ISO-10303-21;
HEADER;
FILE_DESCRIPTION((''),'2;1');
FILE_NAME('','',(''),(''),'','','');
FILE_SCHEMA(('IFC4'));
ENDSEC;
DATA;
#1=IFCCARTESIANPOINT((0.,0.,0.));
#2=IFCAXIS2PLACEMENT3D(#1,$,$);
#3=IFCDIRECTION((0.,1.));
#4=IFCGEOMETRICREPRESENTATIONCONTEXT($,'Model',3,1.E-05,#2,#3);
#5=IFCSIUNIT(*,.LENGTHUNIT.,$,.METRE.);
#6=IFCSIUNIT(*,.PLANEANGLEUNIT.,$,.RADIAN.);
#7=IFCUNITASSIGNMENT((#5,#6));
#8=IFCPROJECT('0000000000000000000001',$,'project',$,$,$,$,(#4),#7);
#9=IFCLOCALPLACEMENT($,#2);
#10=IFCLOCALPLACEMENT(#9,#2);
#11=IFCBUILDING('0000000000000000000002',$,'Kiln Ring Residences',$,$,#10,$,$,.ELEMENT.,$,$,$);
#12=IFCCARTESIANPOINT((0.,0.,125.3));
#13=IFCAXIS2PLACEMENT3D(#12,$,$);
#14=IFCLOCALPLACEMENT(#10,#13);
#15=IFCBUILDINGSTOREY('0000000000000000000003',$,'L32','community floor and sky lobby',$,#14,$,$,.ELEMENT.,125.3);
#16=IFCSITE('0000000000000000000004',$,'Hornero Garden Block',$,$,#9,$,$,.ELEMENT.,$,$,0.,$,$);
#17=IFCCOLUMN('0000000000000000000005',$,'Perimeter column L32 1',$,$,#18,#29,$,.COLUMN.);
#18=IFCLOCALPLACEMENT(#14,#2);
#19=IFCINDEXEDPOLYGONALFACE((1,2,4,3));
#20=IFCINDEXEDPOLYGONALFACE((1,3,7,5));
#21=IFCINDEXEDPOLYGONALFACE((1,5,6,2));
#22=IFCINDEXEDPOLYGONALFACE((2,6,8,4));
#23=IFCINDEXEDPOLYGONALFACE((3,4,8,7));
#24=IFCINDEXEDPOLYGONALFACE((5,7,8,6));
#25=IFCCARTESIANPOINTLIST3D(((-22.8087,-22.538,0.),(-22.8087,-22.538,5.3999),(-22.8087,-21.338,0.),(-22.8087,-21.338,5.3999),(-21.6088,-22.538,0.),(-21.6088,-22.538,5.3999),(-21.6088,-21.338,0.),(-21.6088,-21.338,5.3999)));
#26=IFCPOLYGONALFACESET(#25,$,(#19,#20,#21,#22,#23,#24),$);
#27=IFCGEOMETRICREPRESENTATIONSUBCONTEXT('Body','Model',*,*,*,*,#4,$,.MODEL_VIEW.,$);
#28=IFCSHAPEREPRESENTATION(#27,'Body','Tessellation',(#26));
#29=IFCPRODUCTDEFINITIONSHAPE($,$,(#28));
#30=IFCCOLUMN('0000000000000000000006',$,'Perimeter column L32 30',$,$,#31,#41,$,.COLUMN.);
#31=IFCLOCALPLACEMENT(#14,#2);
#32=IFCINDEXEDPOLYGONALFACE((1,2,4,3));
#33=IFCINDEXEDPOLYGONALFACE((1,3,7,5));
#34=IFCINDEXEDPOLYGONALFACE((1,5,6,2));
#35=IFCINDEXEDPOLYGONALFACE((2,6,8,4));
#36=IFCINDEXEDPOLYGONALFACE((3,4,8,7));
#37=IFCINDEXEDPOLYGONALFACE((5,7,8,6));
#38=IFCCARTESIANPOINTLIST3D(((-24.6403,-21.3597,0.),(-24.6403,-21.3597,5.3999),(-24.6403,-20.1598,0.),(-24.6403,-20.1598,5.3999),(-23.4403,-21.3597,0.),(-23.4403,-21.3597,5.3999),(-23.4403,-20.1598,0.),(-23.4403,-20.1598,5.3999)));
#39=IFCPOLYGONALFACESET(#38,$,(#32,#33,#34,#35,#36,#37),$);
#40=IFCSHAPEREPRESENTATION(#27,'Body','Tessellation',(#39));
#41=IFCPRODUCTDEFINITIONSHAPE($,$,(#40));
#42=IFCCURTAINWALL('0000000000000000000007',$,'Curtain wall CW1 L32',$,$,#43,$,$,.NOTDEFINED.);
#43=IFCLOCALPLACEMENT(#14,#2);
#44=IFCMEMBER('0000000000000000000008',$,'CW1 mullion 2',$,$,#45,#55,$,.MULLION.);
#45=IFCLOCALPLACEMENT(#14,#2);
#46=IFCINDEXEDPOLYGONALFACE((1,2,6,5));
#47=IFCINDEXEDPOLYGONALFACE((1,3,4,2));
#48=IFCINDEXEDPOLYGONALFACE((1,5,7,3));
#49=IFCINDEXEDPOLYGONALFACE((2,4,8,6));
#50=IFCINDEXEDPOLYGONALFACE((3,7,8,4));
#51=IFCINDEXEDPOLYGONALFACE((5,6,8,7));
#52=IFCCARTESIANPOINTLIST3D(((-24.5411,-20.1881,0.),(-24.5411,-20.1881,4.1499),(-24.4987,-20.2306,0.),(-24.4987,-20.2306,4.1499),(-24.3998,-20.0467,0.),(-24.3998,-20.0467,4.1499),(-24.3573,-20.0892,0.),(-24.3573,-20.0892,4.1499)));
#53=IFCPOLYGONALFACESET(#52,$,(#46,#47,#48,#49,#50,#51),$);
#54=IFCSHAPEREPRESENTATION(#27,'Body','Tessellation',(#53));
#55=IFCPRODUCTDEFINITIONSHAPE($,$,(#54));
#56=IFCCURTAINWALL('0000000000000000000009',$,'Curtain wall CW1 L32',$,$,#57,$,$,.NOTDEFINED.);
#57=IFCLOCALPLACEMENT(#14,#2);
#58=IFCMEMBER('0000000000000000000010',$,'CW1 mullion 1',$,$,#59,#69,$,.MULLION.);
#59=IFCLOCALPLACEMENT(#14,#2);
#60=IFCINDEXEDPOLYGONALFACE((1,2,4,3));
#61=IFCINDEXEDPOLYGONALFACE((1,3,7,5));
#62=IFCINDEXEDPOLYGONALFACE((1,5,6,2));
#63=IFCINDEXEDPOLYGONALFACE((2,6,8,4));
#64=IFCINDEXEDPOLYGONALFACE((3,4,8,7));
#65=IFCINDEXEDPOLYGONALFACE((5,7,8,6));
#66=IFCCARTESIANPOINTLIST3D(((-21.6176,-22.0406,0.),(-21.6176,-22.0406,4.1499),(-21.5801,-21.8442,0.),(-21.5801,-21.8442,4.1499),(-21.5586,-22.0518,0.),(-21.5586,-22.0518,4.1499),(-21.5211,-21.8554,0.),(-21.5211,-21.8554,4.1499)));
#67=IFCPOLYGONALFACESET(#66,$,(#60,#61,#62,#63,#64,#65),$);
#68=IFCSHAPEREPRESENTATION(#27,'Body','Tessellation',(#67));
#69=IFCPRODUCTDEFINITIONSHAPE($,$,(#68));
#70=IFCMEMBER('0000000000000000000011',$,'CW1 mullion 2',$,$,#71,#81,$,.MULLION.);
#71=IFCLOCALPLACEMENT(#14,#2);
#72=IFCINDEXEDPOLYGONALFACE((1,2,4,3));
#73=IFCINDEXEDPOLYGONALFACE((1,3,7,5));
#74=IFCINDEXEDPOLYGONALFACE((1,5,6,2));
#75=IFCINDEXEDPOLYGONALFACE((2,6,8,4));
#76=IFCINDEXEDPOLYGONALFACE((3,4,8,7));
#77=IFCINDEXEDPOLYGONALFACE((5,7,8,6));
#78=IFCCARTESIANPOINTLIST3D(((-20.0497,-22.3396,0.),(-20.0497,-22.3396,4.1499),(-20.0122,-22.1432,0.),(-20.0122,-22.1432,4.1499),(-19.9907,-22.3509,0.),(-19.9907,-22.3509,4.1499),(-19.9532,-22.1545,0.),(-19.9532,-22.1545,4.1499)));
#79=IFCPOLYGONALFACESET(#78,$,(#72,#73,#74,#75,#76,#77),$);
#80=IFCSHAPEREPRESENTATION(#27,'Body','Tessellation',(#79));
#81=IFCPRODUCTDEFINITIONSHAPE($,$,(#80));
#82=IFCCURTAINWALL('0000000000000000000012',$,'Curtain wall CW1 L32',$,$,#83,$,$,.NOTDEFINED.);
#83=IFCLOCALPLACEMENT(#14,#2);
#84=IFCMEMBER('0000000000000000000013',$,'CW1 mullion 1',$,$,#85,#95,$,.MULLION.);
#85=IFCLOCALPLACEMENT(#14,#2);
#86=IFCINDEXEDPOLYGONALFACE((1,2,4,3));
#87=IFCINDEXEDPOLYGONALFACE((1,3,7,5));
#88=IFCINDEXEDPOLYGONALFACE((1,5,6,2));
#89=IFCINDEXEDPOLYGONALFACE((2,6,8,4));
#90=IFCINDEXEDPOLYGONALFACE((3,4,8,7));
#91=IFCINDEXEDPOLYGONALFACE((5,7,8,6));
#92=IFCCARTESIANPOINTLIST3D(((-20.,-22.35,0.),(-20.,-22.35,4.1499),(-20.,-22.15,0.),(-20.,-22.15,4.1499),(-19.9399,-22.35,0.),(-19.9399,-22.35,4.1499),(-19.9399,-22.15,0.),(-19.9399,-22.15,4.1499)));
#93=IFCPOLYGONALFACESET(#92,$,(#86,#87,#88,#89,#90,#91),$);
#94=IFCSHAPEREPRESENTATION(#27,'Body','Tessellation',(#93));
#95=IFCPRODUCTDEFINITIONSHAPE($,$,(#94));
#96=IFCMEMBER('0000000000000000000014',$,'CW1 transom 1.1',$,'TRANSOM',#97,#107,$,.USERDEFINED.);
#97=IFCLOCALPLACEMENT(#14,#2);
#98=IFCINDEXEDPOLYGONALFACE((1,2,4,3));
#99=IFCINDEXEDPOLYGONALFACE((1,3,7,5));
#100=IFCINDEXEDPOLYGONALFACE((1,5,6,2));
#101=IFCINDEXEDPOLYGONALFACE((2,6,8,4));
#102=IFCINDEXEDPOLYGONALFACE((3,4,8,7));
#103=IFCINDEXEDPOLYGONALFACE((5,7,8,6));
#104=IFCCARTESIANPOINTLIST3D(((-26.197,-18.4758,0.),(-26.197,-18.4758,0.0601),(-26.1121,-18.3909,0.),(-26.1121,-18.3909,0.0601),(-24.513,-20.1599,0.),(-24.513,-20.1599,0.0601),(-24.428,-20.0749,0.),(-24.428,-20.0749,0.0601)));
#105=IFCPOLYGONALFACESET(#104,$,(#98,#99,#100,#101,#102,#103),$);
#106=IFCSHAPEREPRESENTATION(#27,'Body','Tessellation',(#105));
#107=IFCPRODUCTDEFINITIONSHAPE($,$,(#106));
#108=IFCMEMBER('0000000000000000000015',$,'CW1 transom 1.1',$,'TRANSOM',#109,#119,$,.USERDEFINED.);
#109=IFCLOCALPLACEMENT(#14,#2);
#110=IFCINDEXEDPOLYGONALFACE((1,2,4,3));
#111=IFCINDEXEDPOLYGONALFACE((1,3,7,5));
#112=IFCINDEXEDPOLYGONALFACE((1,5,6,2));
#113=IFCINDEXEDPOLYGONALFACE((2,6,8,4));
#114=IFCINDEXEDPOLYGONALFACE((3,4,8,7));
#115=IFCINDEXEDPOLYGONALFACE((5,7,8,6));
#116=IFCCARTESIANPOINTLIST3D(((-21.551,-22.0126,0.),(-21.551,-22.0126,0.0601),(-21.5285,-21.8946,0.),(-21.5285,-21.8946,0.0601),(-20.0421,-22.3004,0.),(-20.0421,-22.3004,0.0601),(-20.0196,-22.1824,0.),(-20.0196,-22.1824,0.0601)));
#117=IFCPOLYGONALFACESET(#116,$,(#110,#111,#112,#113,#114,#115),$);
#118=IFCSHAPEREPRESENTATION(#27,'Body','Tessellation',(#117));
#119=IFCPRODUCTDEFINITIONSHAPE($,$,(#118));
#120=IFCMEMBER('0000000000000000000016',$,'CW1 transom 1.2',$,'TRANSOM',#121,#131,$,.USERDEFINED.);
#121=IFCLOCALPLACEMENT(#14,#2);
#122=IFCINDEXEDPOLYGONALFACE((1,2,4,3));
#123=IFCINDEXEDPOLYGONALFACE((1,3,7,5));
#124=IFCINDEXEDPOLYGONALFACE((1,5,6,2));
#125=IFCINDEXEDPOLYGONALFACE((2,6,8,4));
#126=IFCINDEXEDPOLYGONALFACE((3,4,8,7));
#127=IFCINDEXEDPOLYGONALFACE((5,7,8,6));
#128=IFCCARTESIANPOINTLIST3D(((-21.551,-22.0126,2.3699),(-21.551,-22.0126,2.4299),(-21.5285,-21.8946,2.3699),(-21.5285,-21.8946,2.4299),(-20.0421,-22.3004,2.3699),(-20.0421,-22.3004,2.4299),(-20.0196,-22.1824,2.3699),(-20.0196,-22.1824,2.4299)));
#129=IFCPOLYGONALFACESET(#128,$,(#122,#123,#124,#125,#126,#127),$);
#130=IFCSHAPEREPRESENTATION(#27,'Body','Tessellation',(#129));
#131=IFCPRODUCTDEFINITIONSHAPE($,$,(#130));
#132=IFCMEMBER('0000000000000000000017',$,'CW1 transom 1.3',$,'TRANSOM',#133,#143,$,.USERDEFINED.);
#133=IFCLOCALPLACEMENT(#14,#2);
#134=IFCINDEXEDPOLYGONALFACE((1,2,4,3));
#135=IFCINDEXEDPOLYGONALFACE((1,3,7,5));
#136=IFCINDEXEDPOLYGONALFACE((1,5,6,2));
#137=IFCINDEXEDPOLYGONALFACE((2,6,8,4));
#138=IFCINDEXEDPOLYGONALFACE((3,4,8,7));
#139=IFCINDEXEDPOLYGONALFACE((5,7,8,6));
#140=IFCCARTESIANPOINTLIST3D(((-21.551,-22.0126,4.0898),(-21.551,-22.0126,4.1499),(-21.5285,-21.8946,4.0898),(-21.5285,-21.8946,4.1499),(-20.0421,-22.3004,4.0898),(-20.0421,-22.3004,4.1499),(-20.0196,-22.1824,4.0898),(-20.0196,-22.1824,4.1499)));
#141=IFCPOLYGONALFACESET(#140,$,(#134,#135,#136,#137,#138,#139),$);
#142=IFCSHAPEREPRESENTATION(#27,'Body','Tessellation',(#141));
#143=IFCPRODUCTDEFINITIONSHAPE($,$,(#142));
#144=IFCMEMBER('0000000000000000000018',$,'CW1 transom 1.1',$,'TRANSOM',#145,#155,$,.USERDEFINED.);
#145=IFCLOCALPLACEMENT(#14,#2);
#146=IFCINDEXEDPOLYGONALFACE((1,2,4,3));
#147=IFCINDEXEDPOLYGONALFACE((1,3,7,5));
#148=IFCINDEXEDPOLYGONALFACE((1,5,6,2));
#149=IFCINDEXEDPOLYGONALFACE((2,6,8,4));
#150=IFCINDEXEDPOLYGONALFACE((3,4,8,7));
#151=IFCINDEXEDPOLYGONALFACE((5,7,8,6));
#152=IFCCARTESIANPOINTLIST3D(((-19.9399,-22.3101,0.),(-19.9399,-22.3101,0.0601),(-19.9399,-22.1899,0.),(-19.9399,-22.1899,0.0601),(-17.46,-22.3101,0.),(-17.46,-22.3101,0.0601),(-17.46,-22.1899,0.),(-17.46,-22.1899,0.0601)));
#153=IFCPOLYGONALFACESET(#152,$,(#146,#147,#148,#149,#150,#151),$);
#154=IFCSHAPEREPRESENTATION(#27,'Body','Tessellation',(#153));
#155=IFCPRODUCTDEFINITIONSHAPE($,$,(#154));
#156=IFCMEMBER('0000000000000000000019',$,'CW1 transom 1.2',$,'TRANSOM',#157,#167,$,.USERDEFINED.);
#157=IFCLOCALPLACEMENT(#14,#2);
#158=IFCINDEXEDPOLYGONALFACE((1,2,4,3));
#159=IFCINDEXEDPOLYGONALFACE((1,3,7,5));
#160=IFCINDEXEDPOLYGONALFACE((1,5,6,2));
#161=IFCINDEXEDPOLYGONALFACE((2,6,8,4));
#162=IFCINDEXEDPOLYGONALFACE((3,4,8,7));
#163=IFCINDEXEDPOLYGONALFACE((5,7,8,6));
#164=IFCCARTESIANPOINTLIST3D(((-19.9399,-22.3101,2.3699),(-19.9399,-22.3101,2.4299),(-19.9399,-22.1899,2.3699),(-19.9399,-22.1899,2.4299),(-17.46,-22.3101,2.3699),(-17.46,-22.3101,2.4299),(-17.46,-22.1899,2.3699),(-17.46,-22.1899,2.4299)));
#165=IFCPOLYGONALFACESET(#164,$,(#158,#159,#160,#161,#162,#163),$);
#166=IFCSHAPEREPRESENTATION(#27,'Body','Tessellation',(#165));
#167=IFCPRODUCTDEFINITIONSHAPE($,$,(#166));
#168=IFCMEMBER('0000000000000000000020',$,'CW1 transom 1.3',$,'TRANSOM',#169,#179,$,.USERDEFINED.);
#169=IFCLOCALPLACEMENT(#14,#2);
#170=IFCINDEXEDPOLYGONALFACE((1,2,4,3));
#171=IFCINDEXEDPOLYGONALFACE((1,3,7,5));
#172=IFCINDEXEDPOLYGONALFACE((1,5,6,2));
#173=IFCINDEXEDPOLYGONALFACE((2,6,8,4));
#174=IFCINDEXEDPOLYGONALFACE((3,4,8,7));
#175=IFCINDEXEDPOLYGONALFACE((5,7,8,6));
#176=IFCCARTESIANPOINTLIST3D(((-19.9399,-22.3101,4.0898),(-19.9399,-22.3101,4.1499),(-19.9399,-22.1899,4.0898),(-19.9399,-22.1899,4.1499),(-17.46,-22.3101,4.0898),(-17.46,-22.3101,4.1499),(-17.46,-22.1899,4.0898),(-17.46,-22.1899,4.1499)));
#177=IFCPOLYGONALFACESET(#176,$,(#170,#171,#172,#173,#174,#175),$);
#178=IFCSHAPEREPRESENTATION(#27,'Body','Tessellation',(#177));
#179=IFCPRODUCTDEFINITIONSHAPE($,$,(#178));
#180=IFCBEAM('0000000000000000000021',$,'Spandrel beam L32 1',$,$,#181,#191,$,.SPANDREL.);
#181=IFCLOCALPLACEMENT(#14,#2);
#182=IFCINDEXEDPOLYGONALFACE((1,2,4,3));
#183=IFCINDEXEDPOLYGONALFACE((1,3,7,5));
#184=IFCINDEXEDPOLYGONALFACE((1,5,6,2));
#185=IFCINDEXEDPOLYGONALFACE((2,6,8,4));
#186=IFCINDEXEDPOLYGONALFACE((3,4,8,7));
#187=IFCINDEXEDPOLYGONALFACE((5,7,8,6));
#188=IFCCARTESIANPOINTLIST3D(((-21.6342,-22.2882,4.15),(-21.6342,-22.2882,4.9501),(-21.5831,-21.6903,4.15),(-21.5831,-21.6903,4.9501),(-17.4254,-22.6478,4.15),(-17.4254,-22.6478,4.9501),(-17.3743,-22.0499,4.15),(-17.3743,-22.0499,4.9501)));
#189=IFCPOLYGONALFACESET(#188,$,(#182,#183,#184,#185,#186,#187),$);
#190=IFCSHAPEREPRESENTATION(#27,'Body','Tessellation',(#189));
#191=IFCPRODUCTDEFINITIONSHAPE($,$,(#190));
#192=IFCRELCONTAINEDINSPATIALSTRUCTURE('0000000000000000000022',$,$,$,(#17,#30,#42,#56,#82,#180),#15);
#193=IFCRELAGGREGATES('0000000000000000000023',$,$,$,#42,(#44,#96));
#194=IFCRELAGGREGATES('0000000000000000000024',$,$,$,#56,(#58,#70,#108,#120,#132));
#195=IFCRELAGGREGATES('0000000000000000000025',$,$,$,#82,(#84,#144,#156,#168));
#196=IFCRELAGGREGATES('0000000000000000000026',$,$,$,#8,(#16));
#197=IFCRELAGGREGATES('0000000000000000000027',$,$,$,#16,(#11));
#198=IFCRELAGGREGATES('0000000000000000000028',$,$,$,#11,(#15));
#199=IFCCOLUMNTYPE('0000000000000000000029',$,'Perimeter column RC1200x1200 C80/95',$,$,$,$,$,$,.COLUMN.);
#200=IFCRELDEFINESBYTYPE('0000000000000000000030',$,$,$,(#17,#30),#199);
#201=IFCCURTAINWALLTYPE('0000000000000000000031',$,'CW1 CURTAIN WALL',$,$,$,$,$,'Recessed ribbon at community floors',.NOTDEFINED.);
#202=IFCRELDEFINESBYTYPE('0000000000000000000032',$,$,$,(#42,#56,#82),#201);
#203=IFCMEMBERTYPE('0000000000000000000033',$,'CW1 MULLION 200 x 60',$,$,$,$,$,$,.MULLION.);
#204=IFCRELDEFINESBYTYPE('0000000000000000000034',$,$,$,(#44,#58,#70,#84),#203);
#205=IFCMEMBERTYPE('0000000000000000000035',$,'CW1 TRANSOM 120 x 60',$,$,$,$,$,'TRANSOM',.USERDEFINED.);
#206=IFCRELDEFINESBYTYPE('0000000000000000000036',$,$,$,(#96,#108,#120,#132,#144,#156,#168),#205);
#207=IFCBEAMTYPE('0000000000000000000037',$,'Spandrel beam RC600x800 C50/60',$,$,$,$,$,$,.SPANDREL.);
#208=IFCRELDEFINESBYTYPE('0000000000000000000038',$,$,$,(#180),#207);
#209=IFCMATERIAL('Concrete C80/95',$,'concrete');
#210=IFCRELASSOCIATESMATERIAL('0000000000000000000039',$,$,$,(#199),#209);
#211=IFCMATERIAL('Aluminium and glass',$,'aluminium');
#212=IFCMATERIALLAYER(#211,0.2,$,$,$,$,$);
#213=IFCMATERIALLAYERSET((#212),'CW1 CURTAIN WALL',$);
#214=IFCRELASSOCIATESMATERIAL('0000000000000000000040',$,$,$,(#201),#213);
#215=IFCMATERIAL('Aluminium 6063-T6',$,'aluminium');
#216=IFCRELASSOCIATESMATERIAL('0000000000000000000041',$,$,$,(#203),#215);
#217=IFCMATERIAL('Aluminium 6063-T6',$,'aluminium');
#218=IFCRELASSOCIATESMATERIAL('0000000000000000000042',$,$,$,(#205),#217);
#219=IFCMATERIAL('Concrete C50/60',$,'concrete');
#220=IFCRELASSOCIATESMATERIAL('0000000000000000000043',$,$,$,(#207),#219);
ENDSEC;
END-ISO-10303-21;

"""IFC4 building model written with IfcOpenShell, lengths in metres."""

from ifc_helpers import new_model, si_unit, direction, frame, origin, origin_2d, place, context, subcontext, project, spatial, rectangle, extrude, material, layer, layer_set, material_profile, profile_set, type_object, element, aggregate, save


model = new_model("IFC4")

# Units and contexts
model_context = context("Model", 3, precision=1e-05, world=origin(), true_north=direction((0.0, 1.0)))
body_context = subcontext(model_context, "Body", "Model", "MODEL_VIEW")
ifc_project = project(units=[si_unit("LENGTHUNIT", "METRE"), si_unit("PLANEANGLEUNIT", "RADIAN")], contexts=[model_context])

# Site, building, storey
site_placement = place(None, origin())
site = spatial("IfcSite", under=ifc_project, at=site_placement, Name="Hornero Garden Block", CompositionType="ELEMENT", RefElevation=0.0)
building_placement = place(site_placement, origin())
building = spatial("IfcBuilding", under=site, at=building_placement, Name="Kiln Ring Residences", CompositionType="ELEMENT")
storey_placement = place(building_placement, frame((0.0, 0.0, 125.3)))
storey = spatial("IfcBuildingStorey", under=building, at=storey_placement, Name="L32", Description="community floor and sky lobby", CompositionType="ELEMENT", Elevation=125.3)

# Columns
ifc_material_1 = material(Name="Concrete C80/95", Category="concrete")
ifc_material_profile_1 = material_profile(ifc_material_1, rectangle(XDim=1.2, YDim=1.2, at=origin_2d()), Name="RC1200x1200")
ifc_profile_set_1 = profile_set([ifc_material_profile_1], Name="Concrete C80/95")
column_type = type_object("IfcColumnType", Name="Perimeter column RC1200x1200 C80/95", PredefinedType="COLUMN", material=ifc_profile_set_1)
for number, where, z_axis, x_axis, name in (
    (1, (-22.2087, -21.938, 0.0), (0.0, 0.0, 1.0), (1.0, 0.0, 0.0), "Perimeter column L32 1"),
    (2, (-24.0403, -20.7598, 0.0), (0.0, 0.0, 1.0), (1.0, 0.0, 0.0), "Perimeter column L32 30"),
):
    element("IfcColumn", number, at=place(storey_placement, frame(where, z_axis=z_axis, x_axis=x_axis)), inside=storey, type_object=column_type, Name=name, PredefinedType="COLUMN", context=body_context, shape_type="SweptSolid", body=[
        extrude(rectangle(XDim=1.2, YDim=1.2, at=origin_2d()), origin(), (0.0, 0.0, 1.0), 5.3999),
    ])

# Curtain wall, member
ifc_material_2 = material(Name="Aluminium and glass", Category="aluminium")
ifc_layer_1 = layer(ifc_material_2, 0.2)
ifc_layer_set_1 = layer_set([ifc_layer_1], Name="CW1 CURTAIN WALL")
curtain_wall_type = type_object("IfcCurtainWallType", Name="CW1 CURTAIN WALL", ElementType="Recessed ribbon at community floors", PredefinedType="NOTDEFINED", material=ifc_layer_set_1)
placement = place(storey_placement, origin())
curtain_wall_1 = element("IfcCurtainWall", 3, at=placement, inside=storey, type_object=curtain_wall_type, Name="Curtain wall CW1 L32", PredefinedType="NOTDEFINED")
ifc_material_3 = material(Name="Aluminium 6063-T6", Category="aluminium")
ifc_material_profile_2 = material_profile(ifc_material_3, rectangle(XDim=0.2, YDim=0.0601, at=origin_2d()), Name="AL 200x60")
ifc_profile_set_2 = profile_set([ifc_material_profile_2], Name="Aluminium 6063-T6")
member_type_1 = type_object("IfcMemberType", Name="CW1 MULLION 200 x 60", PredefinedType="MULLION", material=ifc_profile_set_2)
member_1_placement = place(storey_placement, frame((-24.4492, -20.1387, 0.0), z_axis=(0.0, 0.0, 1.0), x_axis=(0.707107, 0.707107, 0.0)))
member_1 = element("IfcMember", 4, at=member_1_placement, type_object=member_type_1, Name="CW1 mullion 2", PredefinedType="MULLION", context=body_context, shape_type="SweptSolid", body=[
    extrude(rectangle(XDim=0.2, YDim=0.0601, at=origin_2d()), origin(), (0.0, 0.0, 1.0), 4.1499),
])

# Curtain wall, members
curtain_wall_2 = element("IfcCurtainWall", 5, at=placement, inside=storey, type_object=curtain_wall_type, Name="Curtain wall CW1 L32", PredefinedType="NOTDEFINED")
member_2_placement = place(storey_placement, frame((-21.5693, -21.948, 0.0), z_axis=(0.0, 0.0, 1.0), x_axis=(0.187366, 0.98229, 0.0)))
member_2 = element("IfcMember", 6, at=member_2_placement, type_object=member_type_1, Name="CW1 mullion 1", PredefinedType="MULLION", context=body_context, shape_type="SweptSolid", body=[
    extrude(rectangle(XDim=0.2, YDim=0.0601, at=origin_2d()), origin(), (0.0, 0.0, 1.0), 4.1499),
])
member_3_placement = place(storey_placement, frame((-20.0015, -22.2471, 0.0), z_axis=(0.0, 0.0, 1.0), x_axis=(0.187366, 0.98229, 0.0)))
member_3 = element("IfcMember", 7, at=member_3_placement, type_object=member_type_1, Name="CW1 mullion 2", PredefinedType="MULLION", context=body_context, shape_type="SweptSolid", body=[
    extrude(rectangle(XDim=0.2, YDim=0.0601, at=origin_2d()), origin(), (0.0, 0.0, 1.0), 4.1499),
])

# Curtain wall, member
curtain_wall_3 = element("IfcCurtainWall", 8, at=placement, inside=storey, type_object=curtain_wall_type, Name="Curtain wall CW1 L32", PredefinedType="NOTDEFINED")
member_4_placement = place(storey_placement, frame((-19.97, -22.25, 0.0), z_axis=(0.0, 0.0, 1.0), x_axis=(0.0, 1.0, 0.0)))
member_4 = element("IfcMember", 9, at=member_4_placement, type_object=member_type_1, Name="CW1 mullion 1", PredefinedType="MULLION", context=body_context, shape_type="SweptSolid", body=[
    extrude(rectangle(XDim=0.2, YDim=0.0601, at=origin_2d()), origin(), (0.0, 0.0, 1.0), 4.1499),
])

# Members
ifc_material_4 = material(Name="Aluminium 6063-T6", Category="aluminium")
ifc_material_profile_3 = material_profile(ifc_material_4, rectangle(XDim=0.1201, YDim=0.0601, at=origin_2d()), Name="AL 120x60")
ifc_profile_set_3 = profile_set([ifc_material_profile_3], Name="Aluminium 6063-T6")
member_type_2 = type_object("IfcMemberType", Name="CW1 TRANSOM 120 x 60", ElementType="TRANSOM", PredefinedType="USERDEFINED", material=ifc_profile_set_3)
member_5_placement = place(storey_placement, frame((-26.1545, -18.4333, 0.03), z_axis=(0.707107, -0.707107, 0.0), x_axis=(0.707107, 0.707107, 0.0)))
member_5 = element("IfcMember", 10, at=member_5_placement, type_object=member_type_2, Name="CW1 transom 1.1", ObjectType="TRANSOM", PredefinedType="USERDEFINED", context=body_context, shape_type="SweptSolid", body=[
    extrude(rectangle(XDim=0.1201, YDim=0.0601, at=origin_2d()), origin(), (0.0, 0.0, 1.0), 2.3816),
])
member_6_placement = place(storey_placement, frame((-21.5398, -21.9536, 0.03), z_axis=(0.98229, -0.187368, 0.0), x_axis=(0.187368, 0.98229, 0.0)))
member_6 = element("IfcMember", 11, at=member_6_placement, type_object=member_type_2, Name="CW1 transom 1.1", ObjectType="TRANSOM", PredefinedType="USERDEFINED", context=body_context, shape_type="SweptSolid", body=[
    extrude(rectangle(XDim=0.1201, YDim=0.0601, at=origin_2d()), origin(), (0.0, 0.0, 1.0), 1.5361),
])
member_7_placement = place(storey_placement, frame((-21.5398, -21.9536, 2.3999), z_axis=(0.98229, -0.187368, 0.0), x_axis=(0.187368, 0.98229, 0.0)))
member_7 = element("IfcMember", 12, at=member_7_placement, type_object=member_type_2, Name="CW1 transom 1.2", ObjectType="TRANSOM", PredefinedType="USERDEFINED", context=body_context, shape_type="SweptSolid", body=[
    extrude(rectangle(XDim=0.1201, YDim=0.0601, at=origin_2d()), origin(), (0.0, 0.0, 1.0), 1.5361),
])
member_8_placement = place(storey_placement, frame((-21.5398, -21.9536, 4.1199), z_axis=(0.98229, -0.187368, 0.0), x_axis=(0.187368, 0.98229, 0.0)))
member_8 = element("IfcMember", 13, at=member_8_placement, type_object=member_type_2, Name="CW1 transom 1.3", ObjectType="TRANSOM", PredefinedType="USERDEFINED", context=body_context, shape_type="SweptSolid", body=[
    extrude(rectangle(XDim=0.1201, YDim=0.0601, at=origin_2d()), origin(), (0.0, 0.0, 1.0), 1.5361),
])
member_9_placement = place(storey_placement, frame((-19.9399, -22.25, 0.03), z_axis=(1.0, 0.0, 0.0), x_axis=(0.0, 1.0, 0.0)))
member_9 = element("IfcMember", 14, at=member_9_placement, type_object=member_type_2, Name="CW1 transom 1.1", ObjectType="TRANSOM", PredefinedType="USERDEFINED", context=body_context, shape_type="SweptSolid", body=[
    extrude(rectangle(XDim=0.1201, YDim=0.0601, at=origin_2d()), origin(), (0.0, 0.0, 1.0), 2.48),
])
member_10_placement = place(storey_placement, frame((-19.9399, -22.25, 2.3999), z_axis=(1.0, 0.0, 0.0), x_axis=(0.0, 1.0, 0.0)))
member_10 = element("IfcMember", 15, at=member_10_placement, type_object=member_type_2, Name="CW1 transom 1.2", ObjectType="TRANSOM", PredefinedType="USERDEFINED", context=body_context, shape_type="SweptSolid", body=[
    extrude(rectangle(XDim=0.1201, YDim=0.0601, at=origin_2d()), origin(), (0.0, 0.0, 1.0), 2.48),
])
member_11_placement = place(storey_placement, frame((-19.9399, -22.25, 4.1199), z_axis=(1.0, 0.0, 0.0), x_axis=(0.0, 1.0, 0.0)))
member_11 = element("IfcMember", 16, at=member_11_placement, type_object=member_type_2, Name="CW1 transom 1.3", ObjectType="TRANSOM", PredefinedType="USERDEFINED", context=body_context, shape_type="SweptSolid", body=[
    extrude(rectangle(XDim=0.1201, YDim=0.0601, at=origin_2d()), origin(), (0.0, 0.0, 1.0), 2.48),
])

# Beam
ifc_material_5 = material(Name="Concrete C50/60", Category="concrete")
ifc_material_profile_4 = material_profile(ifc_material_5, rectangle(XDim=0.6001, YDim=0.8, at=origin_2d()), Name="RC600x800")
ifc_profile_set_4 = profile_set([ifc_material_profile_4], Name="Concrete C50/60")
beam_type = type_object("IfcBeamType", Name="Spandrel beam RC600x800 C50/60", PredefinedType="SPANDREL", material=ifc_profile_set_4)
beam_placement = place(storey_placement, frame((-21.6086, -21.9893, 4.55), z_axis=(0.996369, -0.085136, 0.0), x_axis=(0.085136, 0.996369, 0.0)))
element("IfcBeam", 17, at=beam_placement, inside=storey, type_object=beam_type, Name="Spandrel beam L32 1", PredefinedType="SPANDREL", context=body_context, shape_type="SweptSolid", body=[
    extrude(rectangle(XDim=0.6001, YDim=0.8, at=origin_2d()), origin(), (0.0, 0.0, 1.0), 4.2241),
])

aggregate(curtain_wall_1, [member_1, member_5])
aggregate(curtain_wall_2, [member_2, member_3, member_6, member_7, member_8])
aggregate(curtain_wall_3, [member_4, member_9, member_10, member_11])

save(model, "model.ifc")
